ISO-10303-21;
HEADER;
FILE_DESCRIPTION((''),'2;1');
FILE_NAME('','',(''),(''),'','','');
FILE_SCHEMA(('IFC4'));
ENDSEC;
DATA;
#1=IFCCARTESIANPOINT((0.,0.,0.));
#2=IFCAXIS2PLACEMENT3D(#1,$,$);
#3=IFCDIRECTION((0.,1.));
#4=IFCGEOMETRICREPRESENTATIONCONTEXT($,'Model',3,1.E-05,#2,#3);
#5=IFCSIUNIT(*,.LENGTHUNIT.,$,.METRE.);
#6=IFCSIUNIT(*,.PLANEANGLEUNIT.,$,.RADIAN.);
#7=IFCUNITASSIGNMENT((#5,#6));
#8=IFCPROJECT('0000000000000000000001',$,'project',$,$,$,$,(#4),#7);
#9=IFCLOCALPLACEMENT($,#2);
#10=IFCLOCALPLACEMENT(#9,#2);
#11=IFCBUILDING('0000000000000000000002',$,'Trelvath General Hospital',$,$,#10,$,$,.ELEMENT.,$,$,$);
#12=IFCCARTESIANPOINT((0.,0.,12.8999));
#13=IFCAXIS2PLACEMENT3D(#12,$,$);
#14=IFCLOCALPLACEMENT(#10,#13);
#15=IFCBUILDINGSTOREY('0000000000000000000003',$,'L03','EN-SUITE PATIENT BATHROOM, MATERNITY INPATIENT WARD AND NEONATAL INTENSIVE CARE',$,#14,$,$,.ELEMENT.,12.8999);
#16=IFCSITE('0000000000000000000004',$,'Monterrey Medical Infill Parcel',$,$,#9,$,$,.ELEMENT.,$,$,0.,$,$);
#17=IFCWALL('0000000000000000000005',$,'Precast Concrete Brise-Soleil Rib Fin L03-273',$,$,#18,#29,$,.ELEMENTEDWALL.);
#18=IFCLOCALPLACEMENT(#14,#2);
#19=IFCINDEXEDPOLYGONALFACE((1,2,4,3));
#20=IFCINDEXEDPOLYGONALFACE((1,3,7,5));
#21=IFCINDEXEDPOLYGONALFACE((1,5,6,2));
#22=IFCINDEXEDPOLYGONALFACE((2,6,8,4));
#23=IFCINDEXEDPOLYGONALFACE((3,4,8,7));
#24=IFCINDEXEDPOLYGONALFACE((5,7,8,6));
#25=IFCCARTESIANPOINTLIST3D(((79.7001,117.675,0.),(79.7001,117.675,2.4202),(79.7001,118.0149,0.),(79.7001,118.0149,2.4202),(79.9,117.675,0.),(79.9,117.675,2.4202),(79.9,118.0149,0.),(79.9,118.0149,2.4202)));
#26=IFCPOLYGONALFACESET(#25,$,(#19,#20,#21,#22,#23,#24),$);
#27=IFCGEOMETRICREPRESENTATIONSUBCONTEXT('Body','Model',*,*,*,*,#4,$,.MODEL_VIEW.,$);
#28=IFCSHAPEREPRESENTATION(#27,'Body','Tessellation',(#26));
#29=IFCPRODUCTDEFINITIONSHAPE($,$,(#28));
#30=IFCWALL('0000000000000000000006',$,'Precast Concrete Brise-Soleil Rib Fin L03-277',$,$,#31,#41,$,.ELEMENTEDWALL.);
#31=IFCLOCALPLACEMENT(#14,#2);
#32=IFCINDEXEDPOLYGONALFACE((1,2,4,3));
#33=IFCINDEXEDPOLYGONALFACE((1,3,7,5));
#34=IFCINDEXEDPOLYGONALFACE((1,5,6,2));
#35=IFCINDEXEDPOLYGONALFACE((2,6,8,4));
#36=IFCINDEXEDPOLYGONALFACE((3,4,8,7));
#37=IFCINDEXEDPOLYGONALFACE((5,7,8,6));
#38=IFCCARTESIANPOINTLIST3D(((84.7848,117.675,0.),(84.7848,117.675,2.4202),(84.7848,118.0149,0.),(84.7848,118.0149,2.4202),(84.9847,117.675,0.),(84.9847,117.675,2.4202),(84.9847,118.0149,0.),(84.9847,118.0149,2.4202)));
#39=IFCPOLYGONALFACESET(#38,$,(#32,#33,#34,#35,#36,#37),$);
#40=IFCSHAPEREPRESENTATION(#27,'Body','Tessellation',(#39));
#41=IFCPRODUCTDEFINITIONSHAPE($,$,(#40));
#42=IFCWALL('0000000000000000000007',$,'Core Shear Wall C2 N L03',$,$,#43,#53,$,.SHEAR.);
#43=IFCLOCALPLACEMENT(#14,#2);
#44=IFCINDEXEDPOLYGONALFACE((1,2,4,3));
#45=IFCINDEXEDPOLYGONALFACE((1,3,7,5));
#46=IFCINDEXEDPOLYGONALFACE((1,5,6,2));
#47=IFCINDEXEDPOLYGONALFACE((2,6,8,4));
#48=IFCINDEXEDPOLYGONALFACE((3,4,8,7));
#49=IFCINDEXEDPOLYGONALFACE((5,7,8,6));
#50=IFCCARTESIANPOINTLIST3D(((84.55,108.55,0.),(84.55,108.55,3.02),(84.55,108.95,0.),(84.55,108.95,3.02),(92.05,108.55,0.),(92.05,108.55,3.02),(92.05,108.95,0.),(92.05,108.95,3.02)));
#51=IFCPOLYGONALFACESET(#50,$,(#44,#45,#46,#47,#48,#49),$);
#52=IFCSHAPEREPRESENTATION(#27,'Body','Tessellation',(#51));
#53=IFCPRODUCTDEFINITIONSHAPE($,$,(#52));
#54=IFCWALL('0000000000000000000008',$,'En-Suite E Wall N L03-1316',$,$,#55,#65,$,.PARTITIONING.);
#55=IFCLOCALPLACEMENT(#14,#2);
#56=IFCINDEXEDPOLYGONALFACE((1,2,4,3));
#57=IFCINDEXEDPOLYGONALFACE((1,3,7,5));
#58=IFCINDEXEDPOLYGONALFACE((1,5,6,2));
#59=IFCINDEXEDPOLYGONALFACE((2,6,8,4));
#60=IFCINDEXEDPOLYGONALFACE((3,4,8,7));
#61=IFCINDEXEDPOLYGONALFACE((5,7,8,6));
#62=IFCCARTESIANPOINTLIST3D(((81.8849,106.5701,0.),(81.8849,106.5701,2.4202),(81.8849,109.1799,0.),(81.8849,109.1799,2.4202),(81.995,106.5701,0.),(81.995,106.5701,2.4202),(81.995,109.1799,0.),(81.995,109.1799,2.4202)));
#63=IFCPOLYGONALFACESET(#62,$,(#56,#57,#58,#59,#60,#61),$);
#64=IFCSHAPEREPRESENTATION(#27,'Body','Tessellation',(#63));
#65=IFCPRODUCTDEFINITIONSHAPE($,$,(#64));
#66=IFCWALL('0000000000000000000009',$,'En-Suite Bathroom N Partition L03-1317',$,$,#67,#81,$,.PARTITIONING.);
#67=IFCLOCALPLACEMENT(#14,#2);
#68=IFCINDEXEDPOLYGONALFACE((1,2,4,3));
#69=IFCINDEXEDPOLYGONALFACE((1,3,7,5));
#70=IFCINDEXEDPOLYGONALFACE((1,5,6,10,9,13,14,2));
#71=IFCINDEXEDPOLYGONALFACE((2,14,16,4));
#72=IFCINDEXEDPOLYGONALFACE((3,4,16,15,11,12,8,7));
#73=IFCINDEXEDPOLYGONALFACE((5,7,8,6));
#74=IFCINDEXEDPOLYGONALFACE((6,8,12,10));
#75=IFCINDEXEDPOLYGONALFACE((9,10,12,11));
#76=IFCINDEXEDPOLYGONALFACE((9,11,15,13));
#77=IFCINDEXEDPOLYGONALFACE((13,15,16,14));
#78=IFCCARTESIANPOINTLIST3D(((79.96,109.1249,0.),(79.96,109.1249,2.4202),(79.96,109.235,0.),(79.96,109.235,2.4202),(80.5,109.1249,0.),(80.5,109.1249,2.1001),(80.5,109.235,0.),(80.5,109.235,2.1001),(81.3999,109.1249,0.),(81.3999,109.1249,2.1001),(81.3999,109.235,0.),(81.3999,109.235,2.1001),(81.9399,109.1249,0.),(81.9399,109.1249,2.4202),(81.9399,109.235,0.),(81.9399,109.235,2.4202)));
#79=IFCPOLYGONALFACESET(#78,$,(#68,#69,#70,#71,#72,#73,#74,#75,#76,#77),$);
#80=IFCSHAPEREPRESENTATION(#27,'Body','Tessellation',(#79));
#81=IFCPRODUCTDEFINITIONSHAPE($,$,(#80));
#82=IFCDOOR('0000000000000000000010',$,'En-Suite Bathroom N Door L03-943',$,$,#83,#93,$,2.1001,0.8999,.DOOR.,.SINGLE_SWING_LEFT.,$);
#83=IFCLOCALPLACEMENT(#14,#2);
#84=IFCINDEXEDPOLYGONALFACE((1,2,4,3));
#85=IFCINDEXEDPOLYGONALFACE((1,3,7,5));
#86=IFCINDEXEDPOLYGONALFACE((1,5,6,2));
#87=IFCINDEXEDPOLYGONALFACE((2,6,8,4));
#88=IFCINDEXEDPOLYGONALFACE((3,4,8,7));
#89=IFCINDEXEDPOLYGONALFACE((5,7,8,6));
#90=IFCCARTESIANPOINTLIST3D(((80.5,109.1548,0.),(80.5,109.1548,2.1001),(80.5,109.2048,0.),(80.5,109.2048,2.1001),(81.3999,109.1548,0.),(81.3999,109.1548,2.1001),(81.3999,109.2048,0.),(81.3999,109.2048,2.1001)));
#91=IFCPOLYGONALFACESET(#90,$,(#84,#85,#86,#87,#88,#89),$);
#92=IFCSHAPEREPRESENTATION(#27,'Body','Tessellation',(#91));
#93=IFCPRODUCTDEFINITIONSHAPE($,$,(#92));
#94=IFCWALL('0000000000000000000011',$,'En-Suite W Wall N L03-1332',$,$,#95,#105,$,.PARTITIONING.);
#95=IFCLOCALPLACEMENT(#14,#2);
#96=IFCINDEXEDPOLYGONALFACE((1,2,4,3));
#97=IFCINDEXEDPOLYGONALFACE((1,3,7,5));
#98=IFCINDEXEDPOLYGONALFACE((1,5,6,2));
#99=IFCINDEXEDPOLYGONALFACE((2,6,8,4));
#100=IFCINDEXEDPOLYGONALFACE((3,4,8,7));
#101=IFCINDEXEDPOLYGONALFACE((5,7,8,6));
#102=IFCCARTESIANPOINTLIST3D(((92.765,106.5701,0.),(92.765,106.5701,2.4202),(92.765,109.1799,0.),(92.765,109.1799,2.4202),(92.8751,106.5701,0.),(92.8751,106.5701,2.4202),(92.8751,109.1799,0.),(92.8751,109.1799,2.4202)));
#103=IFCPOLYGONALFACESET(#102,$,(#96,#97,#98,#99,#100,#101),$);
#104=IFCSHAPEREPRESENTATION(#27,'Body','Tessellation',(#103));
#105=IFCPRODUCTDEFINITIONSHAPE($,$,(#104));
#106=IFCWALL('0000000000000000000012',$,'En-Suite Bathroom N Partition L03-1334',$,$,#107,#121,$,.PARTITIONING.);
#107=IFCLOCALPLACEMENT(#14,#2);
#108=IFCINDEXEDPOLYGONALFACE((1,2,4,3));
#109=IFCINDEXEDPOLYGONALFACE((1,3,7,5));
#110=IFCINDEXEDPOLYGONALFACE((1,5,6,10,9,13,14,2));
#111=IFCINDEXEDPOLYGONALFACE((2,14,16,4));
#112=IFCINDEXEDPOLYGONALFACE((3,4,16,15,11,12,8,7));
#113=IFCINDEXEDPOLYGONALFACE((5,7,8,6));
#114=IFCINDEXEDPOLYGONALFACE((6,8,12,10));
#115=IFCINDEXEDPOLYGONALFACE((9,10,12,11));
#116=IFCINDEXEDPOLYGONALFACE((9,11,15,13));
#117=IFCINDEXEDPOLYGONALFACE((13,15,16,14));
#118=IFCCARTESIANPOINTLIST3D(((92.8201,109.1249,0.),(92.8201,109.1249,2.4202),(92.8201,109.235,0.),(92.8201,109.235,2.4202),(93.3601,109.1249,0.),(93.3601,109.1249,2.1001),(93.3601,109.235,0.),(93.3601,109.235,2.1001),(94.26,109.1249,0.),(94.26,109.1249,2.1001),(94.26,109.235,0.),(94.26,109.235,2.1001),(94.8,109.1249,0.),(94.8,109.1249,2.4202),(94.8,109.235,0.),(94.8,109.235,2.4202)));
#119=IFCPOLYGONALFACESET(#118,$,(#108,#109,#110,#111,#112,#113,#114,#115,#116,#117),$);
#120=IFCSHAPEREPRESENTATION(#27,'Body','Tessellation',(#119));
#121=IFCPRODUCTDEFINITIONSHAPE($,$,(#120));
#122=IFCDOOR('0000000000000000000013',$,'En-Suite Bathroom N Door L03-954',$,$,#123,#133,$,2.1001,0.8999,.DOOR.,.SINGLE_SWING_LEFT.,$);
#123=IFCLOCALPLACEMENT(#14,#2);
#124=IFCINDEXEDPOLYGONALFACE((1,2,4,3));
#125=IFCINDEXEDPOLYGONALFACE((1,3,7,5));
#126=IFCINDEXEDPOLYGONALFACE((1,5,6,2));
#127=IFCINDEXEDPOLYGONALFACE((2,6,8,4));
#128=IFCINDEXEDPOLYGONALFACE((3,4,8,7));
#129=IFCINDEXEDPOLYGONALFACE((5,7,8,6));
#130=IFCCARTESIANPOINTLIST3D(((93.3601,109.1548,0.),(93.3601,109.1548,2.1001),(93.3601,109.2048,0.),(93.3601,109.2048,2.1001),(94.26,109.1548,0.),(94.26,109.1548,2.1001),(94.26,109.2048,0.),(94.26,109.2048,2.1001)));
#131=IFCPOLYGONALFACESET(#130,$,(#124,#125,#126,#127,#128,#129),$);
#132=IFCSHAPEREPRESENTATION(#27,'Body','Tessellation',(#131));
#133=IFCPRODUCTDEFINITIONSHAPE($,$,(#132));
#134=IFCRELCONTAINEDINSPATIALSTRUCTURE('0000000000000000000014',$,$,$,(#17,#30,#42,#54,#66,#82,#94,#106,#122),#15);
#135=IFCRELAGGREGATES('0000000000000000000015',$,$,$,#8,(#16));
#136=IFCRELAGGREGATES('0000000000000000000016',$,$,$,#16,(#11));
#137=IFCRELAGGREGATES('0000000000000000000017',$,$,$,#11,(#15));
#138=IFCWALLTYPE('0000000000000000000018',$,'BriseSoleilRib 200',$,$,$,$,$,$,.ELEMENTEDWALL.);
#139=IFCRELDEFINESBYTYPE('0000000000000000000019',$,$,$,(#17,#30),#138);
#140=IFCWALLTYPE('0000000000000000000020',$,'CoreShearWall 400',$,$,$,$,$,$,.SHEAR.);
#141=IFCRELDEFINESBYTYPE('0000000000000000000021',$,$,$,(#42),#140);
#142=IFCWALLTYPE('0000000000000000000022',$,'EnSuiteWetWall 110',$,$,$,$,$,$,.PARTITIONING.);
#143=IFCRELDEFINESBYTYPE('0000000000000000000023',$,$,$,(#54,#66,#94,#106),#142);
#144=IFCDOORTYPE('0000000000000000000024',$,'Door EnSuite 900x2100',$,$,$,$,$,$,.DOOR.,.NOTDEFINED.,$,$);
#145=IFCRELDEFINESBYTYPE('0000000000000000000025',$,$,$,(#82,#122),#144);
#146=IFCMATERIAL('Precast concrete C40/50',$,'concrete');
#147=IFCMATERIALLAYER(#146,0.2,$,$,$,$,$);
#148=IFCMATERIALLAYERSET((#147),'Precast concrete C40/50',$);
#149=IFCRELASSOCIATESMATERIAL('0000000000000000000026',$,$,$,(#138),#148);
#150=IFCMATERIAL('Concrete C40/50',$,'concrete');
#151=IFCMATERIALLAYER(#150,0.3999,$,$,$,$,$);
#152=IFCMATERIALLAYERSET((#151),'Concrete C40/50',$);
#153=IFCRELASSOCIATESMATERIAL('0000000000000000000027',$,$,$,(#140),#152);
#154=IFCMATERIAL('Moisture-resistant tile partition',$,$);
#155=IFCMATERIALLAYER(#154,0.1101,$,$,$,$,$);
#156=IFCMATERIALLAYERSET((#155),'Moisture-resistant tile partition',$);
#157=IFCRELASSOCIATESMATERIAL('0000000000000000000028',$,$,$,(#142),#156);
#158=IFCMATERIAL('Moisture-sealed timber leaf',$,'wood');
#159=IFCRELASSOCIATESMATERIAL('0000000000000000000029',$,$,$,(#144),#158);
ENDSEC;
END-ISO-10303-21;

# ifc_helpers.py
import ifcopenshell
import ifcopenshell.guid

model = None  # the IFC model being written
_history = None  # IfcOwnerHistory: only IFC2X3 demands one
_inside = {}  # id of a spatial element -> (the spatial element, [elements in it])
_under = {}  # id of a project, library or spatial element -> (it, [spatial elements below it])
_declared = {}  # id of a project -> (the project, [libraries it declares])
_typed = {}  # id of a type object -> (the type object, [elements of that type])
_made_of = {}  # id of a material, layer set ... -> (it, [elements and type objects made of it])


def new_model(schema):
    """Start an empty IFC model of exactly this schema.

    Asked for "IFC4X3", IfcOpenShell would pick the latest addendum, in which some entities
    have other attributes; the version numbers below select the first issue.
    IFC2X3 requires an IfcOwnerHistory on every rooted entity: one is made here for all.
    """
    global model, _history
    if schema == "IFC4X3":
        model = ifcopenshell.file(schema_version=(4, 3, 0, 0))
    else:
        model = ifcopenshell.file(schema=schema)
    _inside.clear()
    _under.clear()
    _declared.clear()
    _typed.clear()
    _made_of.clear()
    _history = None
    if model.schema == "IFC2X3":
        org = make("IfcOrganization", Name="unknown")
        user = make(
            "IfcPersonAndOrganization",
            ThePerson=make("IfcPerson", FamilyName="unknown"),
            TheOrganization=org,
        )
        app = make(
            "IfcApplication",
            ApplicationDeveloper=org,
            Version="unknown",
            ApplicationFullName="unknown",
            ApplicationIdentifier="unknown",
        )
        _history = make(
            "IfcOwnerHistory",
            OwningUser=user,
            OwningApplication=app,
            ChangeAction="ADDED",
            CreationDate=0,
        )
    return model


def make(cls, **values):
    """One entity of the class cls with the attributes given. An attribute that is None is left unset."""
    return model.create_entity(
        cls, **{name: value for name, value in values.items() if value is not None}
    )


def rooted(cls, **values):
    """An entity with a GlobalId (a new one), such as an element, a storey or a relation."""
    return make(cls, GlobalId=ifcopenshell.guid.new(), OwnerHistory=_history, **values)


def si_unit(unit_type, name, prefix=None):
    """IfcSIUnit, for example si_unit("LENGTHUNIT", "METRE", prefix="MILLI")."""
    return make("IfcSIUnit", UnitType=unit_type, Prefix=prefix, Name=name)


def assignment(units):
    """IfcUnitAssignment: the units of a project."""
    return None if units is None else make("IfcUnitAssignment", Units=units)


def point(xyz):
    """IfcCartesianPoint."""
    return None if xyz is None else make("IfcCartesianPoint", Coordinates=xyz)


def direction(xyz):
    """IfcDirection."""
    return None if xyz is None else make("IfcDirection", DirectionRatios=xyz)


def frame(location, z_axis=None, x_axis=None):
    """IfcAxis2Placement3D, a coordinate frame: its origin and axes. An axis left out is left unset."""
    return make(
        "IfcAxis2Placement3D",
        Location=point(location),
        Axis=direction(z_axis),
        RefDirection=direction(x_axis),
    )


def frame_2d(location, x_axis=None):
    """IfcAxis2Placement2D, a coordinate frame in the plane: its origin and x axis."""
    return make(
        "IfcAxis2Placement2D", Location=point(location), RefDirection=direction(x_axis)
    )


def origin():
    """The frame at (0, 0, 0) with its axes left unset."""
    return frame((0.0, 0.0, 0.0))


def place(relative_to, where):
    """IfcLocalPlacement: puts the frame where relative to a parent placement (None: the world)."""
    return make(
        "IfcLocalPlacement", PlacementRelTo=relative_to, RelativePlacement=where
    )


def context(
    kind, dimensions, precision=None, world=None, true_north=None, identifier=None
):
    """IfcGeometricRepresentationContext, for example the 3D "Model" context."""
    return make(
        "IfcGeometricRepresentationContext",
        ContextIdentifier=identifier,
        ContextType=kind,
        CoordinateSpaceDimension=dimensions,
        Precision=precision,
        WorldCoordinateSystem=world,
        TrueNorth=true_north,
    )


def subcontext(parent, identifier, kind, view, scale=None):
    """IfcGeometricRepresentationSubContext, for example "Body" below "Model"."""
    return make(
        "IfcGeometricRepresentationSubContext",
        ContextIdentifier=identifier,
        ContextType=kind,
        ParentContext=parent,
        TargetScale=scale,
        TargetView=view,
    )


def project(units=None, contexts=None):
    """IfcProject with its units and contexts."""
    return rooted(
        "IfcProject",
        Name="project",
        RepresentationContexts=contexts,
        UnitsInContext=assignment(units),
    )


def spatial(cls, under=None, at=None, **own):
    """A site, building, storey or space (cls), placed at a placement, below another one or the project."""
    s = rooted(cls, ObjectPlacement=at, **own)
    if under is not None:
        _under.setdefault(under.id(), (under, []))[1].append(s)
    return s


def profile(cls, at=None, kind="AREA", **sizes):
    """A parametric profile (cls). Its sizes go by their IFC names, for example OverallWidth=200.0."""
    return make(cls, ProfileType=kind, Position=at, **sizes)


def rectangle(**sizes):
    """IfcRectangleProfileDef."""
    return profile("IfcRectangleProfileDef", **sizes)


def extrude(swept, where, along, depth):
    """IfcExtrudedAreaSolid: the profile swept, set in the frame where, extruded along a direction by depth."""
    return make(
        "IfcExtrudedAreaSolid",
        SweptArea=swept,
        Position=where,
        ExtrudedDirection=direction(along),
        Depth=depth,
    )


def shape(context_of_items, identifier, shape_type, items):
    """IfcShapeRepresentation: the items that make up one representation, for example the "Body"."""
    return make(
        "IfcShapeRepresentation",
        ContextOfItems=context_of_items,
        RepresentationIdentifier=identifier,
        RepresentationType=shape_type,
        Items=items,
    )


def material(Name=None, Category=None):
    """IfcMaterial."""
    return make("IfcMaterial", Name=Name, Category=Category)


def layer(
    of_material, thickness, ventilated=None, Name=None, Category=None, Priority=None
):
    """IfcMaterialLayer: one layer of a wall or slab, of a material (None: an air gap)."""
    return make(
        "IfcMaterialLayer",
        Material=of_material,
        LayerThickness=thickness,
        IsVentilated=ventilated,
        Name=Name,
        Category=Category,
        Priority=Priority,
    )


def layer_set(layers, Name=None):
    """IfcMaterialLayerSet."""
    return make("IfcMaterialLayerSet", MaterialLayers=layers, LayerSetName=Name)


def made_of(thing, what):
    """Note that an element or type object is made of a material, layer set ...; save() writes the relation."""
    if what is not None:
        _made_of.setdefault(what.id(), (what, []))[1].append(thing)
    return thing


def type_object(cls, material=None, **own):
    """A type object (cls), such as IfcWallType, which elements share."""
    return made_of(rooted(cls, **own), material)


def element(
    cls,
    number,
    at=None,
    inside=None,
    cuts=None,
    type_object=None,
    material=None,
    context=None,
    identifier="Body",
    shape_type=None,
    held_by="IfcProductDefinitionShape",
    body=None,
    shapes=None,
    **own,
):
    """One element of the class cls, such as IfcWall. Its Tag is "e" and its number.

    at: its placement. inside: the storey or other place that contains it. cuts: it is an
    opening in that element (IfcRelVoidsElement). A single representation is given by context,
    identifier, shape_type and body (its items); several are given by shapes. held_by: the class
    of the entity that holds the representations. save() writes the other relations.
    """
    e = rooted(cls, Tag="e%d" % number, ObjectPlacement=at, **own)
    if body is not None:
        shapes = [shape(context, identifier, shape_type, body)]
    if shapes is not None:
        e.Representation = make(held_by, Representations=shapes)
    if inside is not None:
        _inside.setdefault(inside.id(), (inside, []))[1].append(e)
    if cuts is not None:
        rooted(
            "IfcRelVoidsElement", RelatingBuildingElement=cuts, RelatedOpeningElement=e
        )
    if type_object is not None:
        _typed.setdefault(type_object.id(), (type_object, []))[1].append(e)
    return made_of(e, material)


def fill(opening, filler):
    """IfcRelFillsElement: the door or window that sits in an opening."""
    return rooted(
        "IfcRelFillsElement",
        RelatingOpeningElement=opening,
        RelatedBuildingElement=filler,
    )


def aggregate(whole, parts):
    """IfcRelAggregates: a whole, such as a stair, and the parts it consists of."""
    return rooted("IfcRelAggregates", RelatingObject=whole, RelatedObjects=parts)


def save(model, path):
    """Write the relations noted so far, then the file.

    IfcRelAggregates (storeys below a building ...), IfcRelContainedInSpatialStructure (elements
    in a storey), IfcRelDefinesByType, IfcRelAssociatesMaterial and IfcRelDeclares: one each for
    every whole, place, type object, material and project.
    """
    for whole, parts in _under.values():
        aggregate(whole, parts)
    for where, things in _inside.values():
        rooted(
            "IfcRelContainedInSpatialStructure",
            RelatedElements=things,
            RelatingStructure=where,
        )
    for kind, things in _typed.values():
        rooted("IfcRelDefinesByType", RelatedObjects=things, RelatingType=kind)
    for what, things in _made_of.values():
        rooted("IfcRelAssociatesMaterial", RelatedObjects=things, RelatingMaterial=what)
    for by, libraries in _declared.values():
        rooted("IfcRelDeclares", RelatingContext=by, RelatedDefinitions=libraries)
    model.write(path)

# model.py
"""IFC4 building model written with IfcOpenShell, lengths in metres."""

from ifc_helpers import new_model, si_unit, direction, frame, frame_2d, origin, place, context, subcontext, project, spatial, rectangle, extrude, material, layer, layer_set, type_object, element, fill, save


model = new_model("IFC4")

# Units and contexts
model_context = context("Model", 3, precision=1e-05, world=origin(), true_north=direction((0.0, 1.0)))
body_context = subcontext(model_context, "Body", "Model", "MODEL_VIEW")
ifc_project = project(units=[si_unit("LENGTHUNIT", "METRE"), si_unit("PLANEANGLEUNIT", "RADIAN")], contexts=[model_context])

# Site, building, storey
site_placement = place(None, origin())
site = spatial("IfcSite", under=ifc_project, at=site_placement, Name="Monterrey Medical Infill Parcel", CompositionType="ELEMENT", RefElevation=0.0)
building_placement = place(site_placement, origin())
building = spatial("IfcBuilding", under=site, at=building_placement, Name="Trelvath General Hospital", CompositionType="ELEMENT")
storey_placement = place(building_placement, frame((0.0, 0.0, 12.8999)))
storey = spatial("IfcBuildingStorey", under=building, at=storey_placement, Name="L03", Description="EN-SUITE PATIENT BATHROOM, MATERNITY INPATIENT WARD AND NEONATAL INTENSIVE CARE", CompositionType="ELEMENT", Elevation=12.8999)

# Walls
ifc_material_1 = material(Name="Precast concrete C40/50", Category="concrete")
ifc_layer_1 = layer(ifc_material_1, 0.2)
ifc_layer_set_1 = layer_set([ifc_layer_1], Name="Precast concrete C40/50")
wall_type_1 = type_object("IfcWallType", Name="BriseSoleilRib 200", PredefinedType="ELEMENTEDWALL", material=ifc_layer_set_1)
for number, where, z_axis, x_axis, name in (
    (1, (79.8, 117.675, 0.0), (0.0, 0.0, 1.0), (0.0, 1.0, 0.0), "Precast Concrete Brise-Soleil Rib Fin L03-273"),
    (2, (84.8848, 117.675, 0.0), (0.0, 0.0, 1.0), (0.0, 1.0, 0.0), "Precast Concrete Brise-Soleil Rib Fin L03-277"),
):
    element("IfcWall", number, at=place(storey_placement, frame(where, z_axis=z_axis, x_axis=x_axis)), inside=storey, type_object=wall_type_1, Name=name, PredefinedType="ELEMENTEDWALL", context=body_context, shape_type="SweptSolid", body=[
        extrude(rectangle(XDim=0.3398, YDim=0.2, at=frame_2d((0.1699, 0.0))), origin(), (0.0, 0.0, 1.0), 2.4202),
    ])
ifc_material_2 = material(Name="Concrete C40/50", Category="concrete")
ifc_layer_2 = layer(ifc_material_2, 0.3999)
ifc_layer_set_2 = layer_set([ifc_layer_2], Name="Concrete C40/50")
wall_type_2 = type_object("IfcWallType", Name="CoreShearWall 400", PredefinedType="SHEAR", material=ifc_layer_set_2)
wall_1_placement = place(storey_placement, frame((84.55, 108.75, 0.0), z_axis=(0.0, 0.0, 1.0), x_axis=(1.0, 0.0, 0.0)))
element("IfcWall", 3, at=wall_1_placement, inside=storey, type_object=wall_type_2, Name="Core Shear Wall C2 N L03", PredefinedType="SHEAR", context=body_context, shape_type="SweptSolid", body=[
    extrude(rectangle(XDim=7.5, YDim=0.3999, at=frame_2d((3.75, 0.0))), origin(), (0.0, 0.0, 1.0), 3.02),
])
ifc_material_3 = material(Name="Moisture-resistant tile partition")
ifc_layer_3 = layer(ifc_material_3, 0.1101)
ifc_layer_set_3 = layer_set([ifc_layer_3], Name="Moisture-resistant tile partition")
wall_type_3 = type_object("IfcWallType", Name="EnSuiteWetWall 110", PredefinedType="PARTITIONING", material=ifc_layer_set_3)
wall_2_placement = place(storey_placement, frame((81.9399, 106.5701, 0.0), z_axis=(0.0, 0.0, 1.0), x_axis=(0.0, 1.0, 0.0)))
element("IfcWall", 4, at=wall_2_placement, inside=storey, type_object=wall_type_3, Name="En-Suite E Wall N L03-1316", PredefinedType="PARTITIONING", context=body_context, shape_type="SweptSolid", body=[
    extrude(rectangle(XDim=2.6099, YDim=0.1101, at=frame_2d((1.3049, 0.0))), origin(), (0.0, 0.0, 1.0), 2.4202),
])

# Wall, opening, door
wall_3_placement = place(storey_placement, frame((79.96, 109.1799, 0.0), z_axis=(0.0, 0.0, 1.0), x_axis=(1.0, 0.0, 0.0)))
wall_3 = element("IfcWall", 5, at=wall_3_placement, inside=storey, type_object=wall_type_3, Name="En-Suite Bathroom N Partition L03-1317", PredefinedType="PARTITIONING", context=body_context, shape_type="SweptSolid", body=[
    extrude(rectangle(XDim=1.98, YDim=0.1101, at=frame_2d((0.99, 0.0))), origin(), (0.0, 0.0, 1.0), 2.4202),
])
opening_1_placement = place(wall_3_placement, frame((0.54, 0.0, 0.0)))
opening_1 = element("IfcOpeningElement", 6, at=opening_1_placement, cuts=wall_3, PredefinedType="OPENING", context=body_context, shape_type="SweptSolid", body=[
    extrude(rectangle(XDim=0.8999, YDim=2.1001, at=frame_2d((0.45, 1.05))), frame((0.0, 0.0649, 0.0), z_axis=(0.0, -1.0, 0.0), x_axis=(1.0, 0.0, 0.0)), (0.0, 0.0, 1.0), 0.1301),
])
ifc_material_4 = material(Name="Moisture-sealed timber leaf", Category="wood")
door_type_1 = type_object("IfcDoorType", Name="Door EnSuite 900x2100", OperationType="NOTDEFINED", PredefinedType="DOOR", material=ifc_material_4)
door_1_placement = place(opening_1_placement, origin())
door_1 = element("IfcDoor", 7, at=door_1_placement, inside=storey, type_object=door_type_1, Name="En-Suite Bathroom N Door L03-943", OperationType="SINGLE_SWING_LEFT", OverallHeight=2.1001, OverallWidth=0.8999, PredefinedType="DOOR", context=body_context, shape_type="SweptSolid", body=[
    extrude(rectangle(XDim=0.8999, YDim=2.1001, at=frame_2d((0.45, 1.05))), frame((0.0, 0.0249, 0.0), z_axis=(0.0, -1.0, 0.0), x_axis=(1.0, 0.0, 0.0)), (0.0, 0.0, 1.0), 0.05),
])
fill(opening_1, door_1)

# Wall
wall_4_placement = place(storey_placement, frame((92.8201, 106.5701, 0.0), z_axis=(0.0, 0.0, 1.0), x_axis=(0.0, 1.0, 0.0)))
element("IfcWall", 8, at=wall_4_placement, inside=storey, type_object=wall_type_3, Name="En-Suite W Wall N L03-1332", PredefinedType="PARTITIONING", context=body_context, shape_type="SweptSolid", body=[
    extrude(rectangle(XDim=2.6099, YDim=0.1101, at=frame_2d((1.3049, 0.0))), origin(), (0.0, 0.0, 1.0), 2.4202),
])

# Wall, opening, door
wall_5_placement = place(storey_placement, frame((92.8201, 109.1799, 0.0), z_axis=(0.0, 0.0, 1.0), x_axis=(1.0, 0.0, 0.0)))
wall_5 = element("IfcWall", 9, at=wall_5_placement, inside=storey, type_object=wall_type_3, Name="En-Suite Bathroom N Partition L03-1334", PredefinedType="PARTITIONING", context=body_context, shape_type="SweptSolid", body=[
    extrude(rectangle(XDim=1.98, YDim=0.1101, at=frame_2d((0.99, 0.0))), origin(), (0.0, 0.0, 1.0), 2.4202),
])
opening_2_placement = place(wall_5_placement, frame((0.54, 0.0, 0.0)))
opening_2 = element("IfcOpeningElement", 10, at=opening_2_placement, cuts=wall_5, PredefinedType="OPENING", context=body_context, shape_type="SweptSolid", body=[
    extrude(rectangle(XDim=0.8999, YDim=2.1001, at=frame_2d((0.45, 1.05))), frame((0.0, 0.0649, 0.0), z_axis=(0.0, -1.0, 0.0), x_axis=(1.0, 0.0, 0.0)), (0.0, 0.0, 1.0), 0.1301),
])
door_2_placement = place(opening_2_placement, origin())
door_2 = element("IfcDoor", 11, at=door_2_placement, inside=storey, type_object=door_type_1, Name="En-Suite Bathroom N Door L03-954", OperationType="SINGLE_SWING_LEFT", OverallHeight=2.1001, OverallWidth=0.8999, PredefinedType="DOOR", context=body_context, shape_type="SweptSolid", body=[
    extrude(rectangle(XDim=0.8999, YDim=2.1001, at=frame_2d((0.45, 1.05))), frame((0.0, 0.0249, 0.0), z_axis=(0.0, -1.0, 0.0), x_axis=(1.0, 0.0, 0.0)), (0.0, 0.0, 1.0), 0.05),
])
fill(opening_2, door_2)

save(model, "model.ifc")
